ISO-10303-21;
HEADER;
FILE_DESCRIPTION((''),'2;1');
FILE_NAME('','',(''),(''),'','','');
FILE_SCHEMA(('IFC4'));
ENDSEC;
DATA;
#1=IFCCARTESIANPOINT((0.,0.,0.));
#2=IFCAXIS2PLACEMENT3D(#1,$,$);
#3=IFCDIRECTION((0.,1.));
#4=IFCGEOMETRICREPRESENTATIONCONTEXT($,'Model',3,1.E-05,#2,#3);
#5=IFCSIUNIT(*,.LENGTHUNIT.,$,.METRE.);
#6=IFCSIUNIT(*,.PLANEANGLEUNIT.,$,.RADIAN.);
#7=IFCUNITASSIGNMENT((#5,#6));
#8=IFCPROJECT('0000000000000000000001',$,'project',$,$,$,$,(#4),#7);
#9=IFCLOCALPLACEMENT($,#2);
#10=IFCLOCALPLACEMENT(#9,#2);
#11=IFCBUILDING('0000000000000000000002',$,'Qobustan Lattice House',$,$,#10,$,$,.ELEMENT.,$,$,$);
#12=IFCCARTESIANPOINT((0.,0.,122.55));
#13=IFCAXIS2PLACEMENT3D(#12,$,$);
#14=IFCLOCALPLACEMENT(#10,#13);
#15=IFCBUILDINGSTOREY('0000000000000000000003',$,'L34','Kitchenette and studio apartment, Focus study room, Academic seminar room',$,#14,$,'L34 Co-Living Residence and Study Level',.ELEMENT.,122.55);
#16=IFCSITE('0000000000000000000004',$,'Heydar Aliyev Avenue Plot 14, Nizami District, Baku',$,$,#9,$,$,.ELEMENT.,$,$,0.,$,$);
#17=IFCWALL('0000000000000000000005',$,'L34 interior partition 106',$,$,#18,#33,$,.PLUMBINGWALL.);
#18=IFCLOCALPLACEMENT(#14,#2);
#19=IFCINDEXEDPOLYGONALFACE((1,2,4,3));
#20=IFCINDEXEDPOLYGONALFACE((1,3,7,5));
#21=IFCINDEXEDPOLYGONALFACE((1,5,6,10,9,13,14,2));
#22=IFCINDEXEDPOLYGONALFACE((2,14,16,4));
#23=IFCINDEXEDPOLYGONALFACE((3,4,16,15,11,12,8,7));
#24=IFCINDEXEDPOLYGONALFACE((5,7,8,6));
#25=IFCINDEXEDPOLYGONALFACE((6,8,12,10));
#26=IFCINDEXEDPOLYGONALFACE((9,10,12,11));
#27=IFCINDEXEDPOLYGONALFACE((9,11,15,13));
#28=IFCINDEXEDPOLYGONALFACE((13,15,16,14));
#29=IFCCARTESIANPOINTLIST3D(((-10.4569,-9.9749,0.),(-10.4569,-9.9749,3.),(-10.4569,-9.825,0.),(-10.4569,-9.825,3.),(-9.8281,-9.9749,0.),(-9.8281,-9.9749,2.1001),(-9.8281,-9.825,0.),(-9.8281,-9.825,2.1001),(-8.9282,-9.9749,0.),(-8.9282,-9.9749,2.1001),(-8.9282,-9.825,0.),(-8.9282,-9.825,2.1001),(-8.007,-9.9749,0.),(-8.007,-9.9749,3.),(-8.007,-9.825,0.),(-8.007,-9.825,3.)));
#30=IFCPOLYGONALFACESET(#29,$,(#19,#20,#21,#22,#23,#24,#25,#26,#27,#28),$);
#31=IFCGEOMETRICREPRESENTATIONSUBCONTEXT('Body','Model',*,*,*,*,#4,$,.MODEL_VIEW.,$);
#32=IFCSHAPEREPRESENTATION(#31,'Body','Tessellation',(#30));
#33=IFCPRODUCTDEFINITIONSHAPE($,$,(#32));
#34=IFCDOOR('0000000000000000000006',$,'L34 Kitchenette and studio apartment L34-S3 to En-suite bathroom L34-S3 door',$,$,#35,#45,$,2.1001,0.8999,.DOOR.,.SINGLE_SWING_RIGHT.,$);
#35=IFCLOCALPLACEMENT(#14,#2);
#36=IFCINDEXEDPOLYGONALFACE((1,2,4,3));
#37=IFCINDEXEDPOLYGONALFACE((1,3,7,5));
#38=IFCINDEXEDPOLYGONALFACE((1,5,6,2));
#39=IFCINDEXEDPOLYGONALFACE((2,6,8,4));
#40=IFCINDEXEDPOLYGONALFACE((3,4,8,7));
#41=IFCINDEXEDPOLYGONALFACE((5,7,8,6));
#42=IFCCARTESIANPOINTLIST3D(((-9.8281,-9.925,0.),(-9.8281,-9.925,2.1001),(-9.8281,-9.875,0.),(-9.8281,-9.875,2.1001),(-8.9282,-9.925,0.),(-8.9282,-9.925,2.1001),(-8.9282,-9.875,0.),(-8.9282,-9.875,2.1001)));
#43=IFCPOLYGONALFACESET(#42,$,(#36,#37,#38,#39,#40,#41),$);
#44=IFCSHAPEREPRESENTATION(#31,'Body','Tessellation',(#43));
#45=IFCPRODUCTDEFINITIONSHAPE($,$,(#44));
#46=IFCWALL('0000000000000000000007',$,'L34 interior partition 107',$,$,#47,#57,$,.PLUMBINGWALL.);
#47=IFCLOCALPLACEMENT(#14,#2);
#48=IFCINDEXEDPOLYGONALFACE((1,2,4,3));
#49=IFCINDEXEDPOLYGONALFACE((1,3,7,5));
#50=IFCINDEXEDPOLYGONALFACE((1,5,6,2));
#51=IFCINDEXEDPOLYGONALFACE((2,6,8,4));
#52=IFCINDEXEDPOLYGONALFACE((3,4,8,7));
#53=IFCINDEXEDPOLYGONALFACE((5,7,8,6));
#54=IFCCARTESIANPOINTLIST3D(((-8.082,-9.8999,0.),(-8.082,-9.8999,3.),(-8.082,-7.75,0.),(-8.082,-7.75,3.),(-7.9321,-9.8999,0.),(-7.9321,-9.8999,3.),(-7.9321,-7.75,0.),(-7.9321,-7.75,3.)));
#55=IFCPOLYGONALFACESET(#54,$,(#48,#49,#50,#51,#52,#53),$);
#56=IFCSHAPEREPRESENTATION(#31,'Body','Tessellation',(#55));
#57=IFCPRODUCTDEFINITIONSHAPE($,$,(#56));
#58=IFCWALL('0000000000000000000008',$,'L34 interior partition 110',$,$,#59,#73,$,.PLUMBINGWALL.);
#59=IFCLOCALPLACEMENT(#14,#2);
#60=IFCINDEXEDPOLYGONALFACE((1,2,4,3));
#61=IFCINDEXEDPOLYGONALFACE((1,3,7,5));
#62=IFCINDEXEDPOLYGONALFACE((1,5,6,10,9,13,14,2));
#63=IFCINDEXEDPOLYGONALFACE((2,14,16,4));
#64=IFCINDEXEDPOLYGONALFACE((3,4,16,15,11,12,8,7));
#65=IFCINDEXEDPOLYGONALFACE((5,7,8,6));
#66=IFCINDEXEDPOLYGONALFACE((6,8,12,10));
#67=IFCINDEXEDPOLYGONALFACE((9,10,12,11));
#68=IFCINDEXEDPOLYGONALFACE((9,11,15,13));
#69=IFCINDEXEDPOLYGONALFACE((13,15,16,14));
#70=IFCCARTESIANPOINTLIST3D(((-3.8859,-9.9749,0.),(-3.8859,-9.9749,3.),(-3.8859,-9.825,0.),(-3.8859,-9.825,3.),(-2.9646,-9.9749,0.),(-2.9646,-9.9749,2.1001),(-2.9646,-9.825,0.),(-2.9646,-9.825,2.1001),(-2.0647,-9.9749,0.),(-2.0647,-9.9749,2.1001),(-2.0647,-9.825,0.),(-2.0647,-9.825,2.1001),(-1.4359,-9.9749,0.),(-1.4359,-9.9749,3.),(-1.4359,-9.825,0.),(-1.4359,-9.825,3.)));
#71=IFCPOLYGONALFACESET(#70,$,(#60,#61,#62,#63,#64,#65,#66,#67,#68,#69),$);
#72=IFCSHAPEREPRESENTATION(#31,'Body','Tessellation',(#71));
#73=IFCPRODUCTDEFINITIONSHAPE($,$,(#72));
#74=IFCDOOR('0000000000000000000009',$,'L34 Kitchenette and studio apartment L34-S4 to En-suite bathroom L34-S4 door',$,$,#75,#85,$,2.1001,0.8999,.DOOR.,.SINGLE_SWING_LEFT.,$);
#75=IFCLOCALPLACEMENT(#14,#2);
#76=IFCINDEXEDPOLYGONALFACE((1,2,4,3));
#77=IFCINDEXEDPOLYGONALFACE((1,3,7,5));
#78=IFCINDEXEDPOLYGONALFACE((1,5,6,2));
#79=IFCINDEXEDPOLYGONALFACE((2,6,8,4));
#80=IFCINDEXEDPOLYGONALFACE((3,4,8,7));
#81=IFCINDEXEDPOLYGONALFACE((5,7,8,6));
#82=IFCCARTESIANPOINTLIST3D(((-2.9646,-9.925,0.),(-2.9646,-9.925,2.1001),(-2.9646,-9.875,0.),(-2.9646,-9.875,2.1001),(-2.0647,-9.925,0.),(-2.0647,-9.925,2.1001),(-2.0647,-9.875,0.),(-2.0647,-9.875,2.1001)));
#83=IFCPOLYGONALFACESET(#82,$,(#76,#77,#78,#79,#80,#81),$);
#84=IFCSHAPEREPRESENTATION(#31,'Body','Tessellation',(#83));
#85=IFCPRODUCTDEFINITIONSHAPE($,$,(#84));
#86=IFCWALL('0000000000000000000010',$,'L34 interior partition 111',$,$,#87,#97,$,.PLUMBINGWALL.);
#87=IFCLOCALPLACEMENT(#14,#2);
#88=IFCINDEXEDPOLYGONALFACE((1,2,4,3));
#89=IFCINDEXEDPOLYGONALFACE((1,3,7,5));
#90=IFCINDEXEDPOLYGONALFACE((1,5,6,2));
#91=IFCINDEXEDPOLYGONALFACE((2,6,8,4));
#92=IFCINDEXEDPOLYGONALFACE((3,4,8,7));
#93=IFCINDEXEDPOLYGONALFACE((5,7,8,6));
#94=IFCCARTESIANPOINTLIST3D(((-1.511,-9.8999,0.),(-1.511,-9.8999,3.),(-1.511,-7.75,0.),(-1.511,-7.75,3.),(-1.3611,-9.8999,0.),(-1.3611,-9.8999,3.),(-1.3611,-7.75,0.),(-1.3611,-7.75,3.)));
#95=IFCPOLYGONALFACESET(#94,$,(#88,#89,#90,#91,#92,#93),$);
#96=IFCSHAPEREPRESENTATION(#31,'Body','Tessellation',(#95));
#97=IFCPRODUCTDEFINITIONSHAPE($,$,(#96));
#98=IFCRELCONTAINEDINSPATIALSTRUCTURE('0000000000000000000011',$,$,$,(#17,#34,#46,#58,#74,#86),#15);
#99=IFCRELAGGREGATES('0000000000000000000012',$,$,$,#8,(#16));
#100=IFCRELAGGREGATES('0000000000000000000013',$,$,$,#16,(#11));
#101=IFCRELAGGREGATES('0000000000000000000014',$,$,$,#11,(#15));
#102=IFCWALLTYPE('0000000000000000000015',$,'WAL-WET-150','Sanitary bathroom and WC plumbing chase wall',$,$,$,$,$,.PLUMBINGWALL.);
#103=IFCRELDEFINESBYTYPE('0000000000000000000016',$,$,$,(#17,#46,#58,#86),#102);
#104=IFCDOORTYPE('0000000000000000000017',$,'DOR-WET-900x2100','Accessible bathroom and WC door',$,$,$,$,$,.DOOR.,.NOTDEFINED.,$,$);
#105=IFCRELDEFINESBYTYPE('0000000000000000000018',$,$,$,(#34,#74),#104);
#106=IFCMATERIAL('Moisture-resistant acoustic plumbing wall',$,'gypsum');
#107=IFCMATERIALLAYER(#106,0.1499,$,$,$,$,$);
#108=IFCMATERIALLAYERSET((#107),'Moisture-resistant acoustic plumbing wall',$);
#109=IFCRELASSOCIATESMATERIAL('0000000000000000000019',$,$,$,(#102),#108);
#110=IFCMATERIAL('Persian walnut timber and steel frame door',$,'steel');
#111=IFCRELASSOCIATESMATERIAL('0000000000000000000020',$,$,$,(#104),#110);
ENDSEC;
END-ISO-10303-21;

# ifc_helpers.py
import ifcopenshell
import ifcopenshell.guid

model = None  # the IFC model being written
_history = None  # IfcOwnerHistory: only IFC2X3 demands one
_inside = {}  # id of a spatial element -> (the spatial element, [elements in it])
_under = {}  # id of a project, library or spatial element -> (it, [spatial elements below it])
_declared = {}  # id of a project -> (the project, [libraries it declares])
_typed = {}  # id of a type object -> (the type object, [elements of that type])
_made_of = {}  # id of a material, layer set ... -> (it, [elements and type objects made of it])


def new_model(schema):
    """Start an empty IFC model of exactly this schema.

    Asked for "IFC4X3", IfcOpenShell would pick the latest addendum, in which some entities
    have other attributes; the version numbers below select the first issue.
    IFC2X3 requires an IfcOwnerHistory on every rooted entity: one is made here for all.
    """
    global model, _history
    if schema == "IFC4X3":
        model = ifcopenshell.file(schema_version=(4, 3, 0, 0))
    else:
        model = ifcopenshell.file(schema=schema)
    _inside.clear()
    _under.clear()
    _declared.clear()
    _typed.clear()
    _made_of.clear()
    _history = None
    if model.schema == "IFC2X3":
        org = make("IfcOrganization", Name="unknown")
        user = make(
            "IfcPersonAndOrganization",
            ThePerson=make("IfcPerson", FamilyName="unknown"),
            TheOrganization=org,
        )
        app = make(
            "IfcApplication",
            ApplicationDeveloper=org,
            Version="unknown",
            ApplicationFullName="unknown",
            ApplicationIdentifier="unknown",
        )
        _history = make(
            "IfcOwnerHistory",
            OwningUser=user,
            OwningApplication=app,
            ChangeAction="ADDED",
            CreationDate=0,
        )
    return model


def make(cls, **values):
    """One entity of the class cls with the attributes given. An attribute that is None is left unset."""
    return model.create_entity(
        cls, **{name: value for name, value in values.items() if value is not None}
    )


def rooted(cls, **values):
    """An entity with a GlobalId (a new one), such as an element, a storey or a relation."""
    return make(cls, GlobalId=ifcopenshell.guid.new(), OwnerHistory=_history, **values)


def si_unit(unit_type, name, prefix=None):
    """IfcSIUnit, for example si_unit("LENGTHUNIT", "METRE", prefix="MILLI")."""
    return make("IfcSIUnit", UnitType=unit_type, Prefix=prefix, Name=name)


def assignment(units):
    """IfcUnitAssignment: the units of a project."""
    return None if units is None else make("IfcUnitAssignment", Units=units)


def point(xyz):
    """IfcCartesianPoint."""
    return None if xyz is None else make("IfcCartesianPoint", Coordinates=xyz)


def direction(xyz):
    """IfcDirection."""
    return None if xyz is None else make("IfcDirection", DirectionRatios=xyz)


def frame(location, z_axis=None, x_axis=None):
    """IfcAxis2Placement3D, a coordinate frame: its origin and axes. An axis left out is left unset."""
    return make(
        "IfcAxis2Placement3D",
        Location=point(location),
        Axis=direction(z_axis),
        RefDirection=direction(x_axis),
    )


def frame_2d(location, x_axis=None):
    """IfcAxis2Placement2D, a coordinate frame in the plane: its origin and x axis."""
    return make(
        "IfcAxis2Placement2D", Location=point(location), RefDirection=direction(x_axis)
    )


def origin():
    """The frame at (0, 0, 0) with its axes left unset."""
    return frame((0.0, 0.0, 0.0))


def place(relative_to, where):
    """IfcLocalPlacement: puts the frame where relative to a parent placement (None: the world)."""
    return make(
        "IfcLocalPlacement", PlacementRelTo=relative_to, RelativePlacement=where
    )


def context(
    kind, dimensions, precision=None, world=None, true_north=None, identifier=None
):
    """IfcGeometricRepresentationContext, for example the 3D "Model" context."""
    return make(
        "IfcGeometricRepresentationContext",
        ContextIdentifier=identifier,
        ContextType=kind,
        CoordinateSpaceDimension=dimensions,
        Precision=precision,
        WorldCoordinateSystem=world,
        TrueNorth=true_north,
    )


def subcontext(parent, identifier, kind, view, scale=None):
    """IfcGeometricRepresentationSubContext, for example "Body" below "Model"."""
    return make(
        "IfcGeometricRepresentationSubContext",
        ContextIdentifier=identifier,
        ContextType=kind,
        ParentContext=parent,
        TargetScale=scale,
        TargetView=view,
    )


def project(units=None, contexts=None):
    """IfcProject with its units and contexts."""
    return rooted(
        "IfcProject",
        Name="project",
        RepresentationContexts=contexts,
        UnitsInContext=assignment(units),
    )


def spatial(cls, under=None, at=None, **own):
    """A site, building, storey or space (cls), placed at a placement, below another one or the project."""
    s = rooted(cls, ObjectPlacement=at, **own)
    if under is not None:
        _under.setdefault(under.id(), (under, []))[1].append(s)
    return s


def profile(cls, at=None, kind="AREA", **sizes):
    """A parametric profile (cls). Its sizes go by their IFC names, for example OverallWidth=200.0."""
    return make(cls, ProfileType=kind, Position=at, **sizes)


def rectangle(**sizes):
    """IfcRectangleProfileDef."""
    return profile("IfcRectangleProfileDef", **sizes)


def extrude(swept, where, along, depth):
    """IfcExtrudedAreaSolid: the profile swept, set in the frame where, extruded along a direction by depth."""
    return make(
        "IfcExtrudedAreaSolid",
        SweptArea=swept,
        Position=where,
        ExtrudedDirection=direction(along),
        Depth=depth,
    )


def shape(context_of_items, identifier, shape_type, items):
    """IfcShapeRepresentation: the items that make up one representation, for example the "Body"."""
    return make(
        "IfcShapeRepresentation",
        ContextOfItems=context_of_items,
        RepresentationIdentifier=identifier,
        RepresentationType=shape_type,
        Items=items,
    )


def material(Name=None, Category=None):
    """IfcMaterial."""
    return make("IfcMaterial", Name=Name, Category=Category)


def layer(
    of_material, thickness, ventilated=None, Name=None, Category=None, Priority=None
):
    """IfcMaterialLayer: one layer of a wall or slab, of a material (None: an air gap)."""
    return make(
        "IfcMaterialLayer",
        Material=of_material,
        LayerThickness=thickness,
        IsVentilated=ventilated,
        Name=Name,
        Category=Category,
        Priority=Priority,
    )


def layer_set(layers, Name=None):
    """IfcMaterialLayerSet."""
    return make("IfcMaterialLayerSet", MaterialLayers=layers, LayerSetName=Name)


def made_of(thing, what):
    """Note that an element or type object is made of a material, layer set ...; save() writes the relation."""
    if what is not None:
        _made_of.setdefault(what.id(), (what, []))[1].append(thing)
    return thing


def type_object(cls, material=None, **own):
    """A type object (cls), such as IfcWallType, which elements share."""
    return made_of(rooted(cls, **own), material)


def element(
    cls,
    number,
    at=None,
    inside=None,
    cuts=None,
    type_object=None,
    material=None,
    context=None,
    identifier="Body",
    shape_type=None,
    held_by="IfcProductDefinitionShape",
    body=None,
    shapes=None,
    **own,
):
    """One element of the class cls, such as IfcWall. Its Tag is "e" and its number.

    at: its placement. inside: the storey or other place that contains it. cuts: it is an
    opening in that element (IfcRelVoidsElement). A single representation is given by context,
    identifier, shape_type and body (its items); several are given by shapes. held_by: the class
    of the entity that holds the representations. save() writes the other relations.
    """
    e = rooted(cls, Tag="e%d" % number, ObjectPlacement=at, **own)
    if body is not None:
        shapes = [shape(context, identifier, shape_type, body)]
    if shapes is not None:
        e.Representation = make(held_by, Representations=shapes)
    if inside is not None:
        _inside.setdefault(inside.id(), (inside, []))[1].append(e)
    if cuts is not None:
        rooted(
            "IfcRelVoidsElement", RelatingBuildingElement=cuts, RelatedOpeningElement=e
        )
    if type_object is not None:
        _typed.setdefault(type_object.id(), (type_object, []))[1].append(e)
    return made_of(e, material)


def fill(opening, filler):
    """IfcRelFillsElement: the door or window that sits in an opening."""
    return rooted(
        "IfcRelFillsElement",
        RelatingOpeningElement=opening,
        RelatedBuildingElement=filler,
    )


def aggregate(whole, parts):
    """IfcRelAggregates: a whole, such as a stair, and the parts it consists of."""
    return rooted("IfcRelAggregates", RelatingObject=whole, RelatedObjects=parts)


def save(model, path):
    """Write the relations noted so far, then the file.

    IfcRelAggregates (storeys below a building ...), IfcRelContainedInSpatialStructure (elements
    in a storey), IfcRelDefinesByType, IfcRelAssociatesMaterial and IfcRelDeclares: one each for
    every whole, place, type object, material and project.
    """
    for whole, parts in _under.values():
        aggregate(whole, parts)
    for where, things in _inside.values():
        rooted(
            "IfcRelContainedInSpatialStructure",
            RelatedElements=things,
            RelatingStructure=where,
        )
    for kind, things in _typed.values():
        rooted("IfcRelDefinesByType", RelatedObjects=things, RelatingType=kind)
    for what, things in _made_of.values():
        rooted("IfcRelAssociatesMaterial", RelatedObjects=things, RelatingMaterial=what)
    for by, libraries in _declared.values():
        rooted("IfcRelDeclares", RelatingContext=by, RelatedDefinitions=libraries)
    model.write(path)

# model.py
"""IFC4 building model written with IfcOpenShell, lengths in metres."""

from ifc_helpers import new_model, si_unit, direction, frame, frame_2d, origin, place, context, subcontext, project, spatial, rectangle, extrude, material, layer, layer_set, type_object, element, fill, save


model = new_model("IFC4")

# Units and contexts
model_context = context("Model", 3, precision=1e-05, world=origin(), true_north=direction((0.0, 1.0)))
body_context = subcontext(model_context, "Body", "Model", "MODEL_VIEW")
ifc_project = project(units=[si_unit("LENGTHUNIT", "METRE"), si_unit("PLANEANGLEUNIT", "RADIAN")], contexts=[model_context])

# Site, building, storey
site_placement = place(None, origin())
site = spatial("IfcSite", under=ifc_project, at=site_placement, Name="Heydar Aliyev Avenue Plot 14, Nizami District, Baku", CompositionType="ELEMENT", RefElevation=0.0)
building_placement = place(site_placement, origin())
building = spatial("IfcBuilding", under=site, at=building_placement, Name="Qobustan Lattice House", CompositionType="ELEMENT")
storey_placement = place(building_placement, frame((0.0, 0.0, 122.55)))
storey = spatial("IfcBuildingStorey", under=building, at=storey_placement, Name="L34", Description="Kitchenette and studio apartment, Focus study room, Academic seminar room", LongName="L34 Co-Living Residence and Study Level", CompositionType="ELEMENT", Elevation=122.55)

# Shared definitions
ifc_material_1 = material(Name="Moisture-resistant acoustic plumbing wall", Category="gypsum")
ifc_layer_1 = layer(ifc_material_1, 0.1499)
ifc_layer_set_1 = layer_set([ifc_layer_1], Name="Moisture-resistant acoustic plumbing wall")
wall_type_1 = type_object("IfcWallType", Name="WAL-WET-150", Description="Sanitary bathroom and WC plumbing chase wall", PredefinedType="PLUMBINGWALL", material=ifc_layer_set_1)

# Wall, opening, door
wall_1_placement = place(storey_placement, frame((-10.457, -9.8999, 0.0), z_axis=(0.0, 0.0, 1.0), x_axis=(1.0, 0.0, 0.0)))
wall_1 = element("IfcWall", 1, at=wall_1_placement, inside=storey, type_object=wall_type_1, Name="L34 interior partition 106", PredefinedType="PLUMBINGWALL", context=body_context, shape_type="SweptSolid", body=[
    extrude(rectangle(XDim=2.45, YDim=0.1499, at=frame_2d((1.2251, 0.0))), origin(), (0.0, 0.0, 1.0), 3.0),
])
opening_1_placement = place(wall_1_placement, frame((0.6289, 0.0, 0.0)))
opening_1 = element("IfcOpeningElement", 2, at=opening_1_placement, cuts=wall_1, PredefinedType="OPENING", context=body_context, shape_type="SweptSolid", body=[
    extrude(rectangle(XDim=0.8999, YDim=2.1001, at=frame_2d((0.45, 1.05))), frame((0.0, 0.085, 0.0), z_axis=(0.0, -1.0, 0.0), x_axis=(1.0, 0.0, 0.0)), (0.0, 0.0, 1.0), 0.1699),
])
ifc_material_2 = material(Name="Persian walnut timber and steel frame door", Category="steel")
door_type_1 = type_object("IfcDoorType", Name="DOR-WET-900x2100", Description="Accessible bathroom and WC door", OperationType="NOTDEFINED", PredefinedType="DOOR", material=ifc_material_2)
door_1_placement = place(opening_1_placement, origin())
door_1 = element("IfcDoor", 3, at=door_1_placement, inside=storey, type_object=door_type_1, Name="L34 Kitchenette and studio apartment L34-S3 to En-suite bathroom L34-S3 door", OperationType="SINGLE_SWING_RIGHT", OverallHeight=2.1001, OverallWidth=0.8999, PredefinedType="DOOR", context=body_context, shape_type="SweptSolid", body=[
    extrude(rectangle(XDim=0.8999, YDim=2.1001, at=frame_2d((0.45, 1.05))), frame((0.0, 0.0249, 0.0), z_axis=(0.0, -1.0, 0.0), x_axis=(1.0, 0.0, 0.0)), (0.0, 0.0, 1.0), 0.05),
])
fill(opening_1, door_1)

# Wall
wall_2_placement = place(storey_placement, frame((-8.0071, -9.8999, 0.0), z_axis=(0.0, 0.0, 1.0), x_axis=(0.0, 1.0, 0.0)))
element("IfcWall", 4, at=wall_2_placement, inside=storey, type_object=wall_type_1, Name="L34 interior partition 107", PredefinedType="PLUMBINGWALL", context=body_context, shape_type="SweptSolid", body=[
    extrude(rectangle(XDim=2.1499, YDim=0.1499, at=frame_2d((1.075, 0.0))), origin(), (0.0, 0.0, 1.0), 3.0),
])

# Wall, opening, door
wall_3_placement = place(storey_placement, frame((-3.886, -9.8999, 0.0), z_axis=(0.0, 0.0, 1.0), x_axis=(1.0, 0.0, 0.0)))
wall_3 = element("IfcWall", 5, at=wall_3_placement, inside=storey, type_object=wall_type_1, Name="L34 interior partition 110", PredefinedType="PLUMBINGWALL", context=body_context, shape_type="SweptSolid", body=[
    extrude(rectangle(XDim=2.45, YDim=0.1499, at=frame_2d((1.2251, 0.0))), origin(), (0.0, 0.0, 1.0), 3.0),
])
opening_2_placement = place(wall_3_placement, frame((0.9214, 0.0, 0.0)))
opening_2 = element("IfcOpeningElement", 6, at=opening_2_placement, cuts=wall_3, PredefinedType="OPENING", context=body_context, shape_type="SweptSolid", body=[
    extrude(rectangle(XDim=0.8999, YDim=2.1001, at=frame_2d((0.45, 1.05))), frame((0.0, 0.085, 0.0), z_axis=(0.0, -1.0, 0.0), x_axis=(1.0, 0.0, 0.0)), (0.0, 0.0, 1.0), 0.1699),
])
door_2_placement = place(opening_2_placement, origin())
door_2 = element("IfcDoor", 7, at=door_2_placement, inside=storey, type_object=door_type_1, Name="L34 Kitchenette and studio apartment L34-S4 to En-suite bathroom L34-S4 door", OperationType="SINGLE_SWING_LEFT", OverallHeight=2.1001, OverallWidth=0.8999, PredefinedType="DOOR", context=body_context, shape_type="SweptSolid", body=[
    extrude(rectangle(XDim=0.8999, YDim=2.1001, at=frame_2d((0.45, 1.05))), frame((0.0, 0.0249, 0.0), z_axis=(0.0, -1.0, 0.0), x_axis=(1.0, 0.0, 0.0)), (0.0, 0.0, 1.0), 0.05),
])
fill(opening_2, door_2)

# Wall
wall_4_placement = place(storey_placement, frame((-1.436, -9.8999, 0.0), z_axis=(0.0, 0.0, 1.0), x_axis=(0.0, 1.0, 0.0)))
element("IfcWall", 8, at=wall_4_placement, inside=storey, type_object=wall_type_1, Name="L34 interior partition 111", PredefinedType="PLUMBINGWALL", context=body_context, shape_type="SweptSolid", body=[
    extrude(rectangle(XDim=2.1499, YDim=0.1499, at=frame_2d((1.075, 0.0))), origin(), (0.0, 0.0, 1.0), 3.0),
])

save(model, "model.ifc")
